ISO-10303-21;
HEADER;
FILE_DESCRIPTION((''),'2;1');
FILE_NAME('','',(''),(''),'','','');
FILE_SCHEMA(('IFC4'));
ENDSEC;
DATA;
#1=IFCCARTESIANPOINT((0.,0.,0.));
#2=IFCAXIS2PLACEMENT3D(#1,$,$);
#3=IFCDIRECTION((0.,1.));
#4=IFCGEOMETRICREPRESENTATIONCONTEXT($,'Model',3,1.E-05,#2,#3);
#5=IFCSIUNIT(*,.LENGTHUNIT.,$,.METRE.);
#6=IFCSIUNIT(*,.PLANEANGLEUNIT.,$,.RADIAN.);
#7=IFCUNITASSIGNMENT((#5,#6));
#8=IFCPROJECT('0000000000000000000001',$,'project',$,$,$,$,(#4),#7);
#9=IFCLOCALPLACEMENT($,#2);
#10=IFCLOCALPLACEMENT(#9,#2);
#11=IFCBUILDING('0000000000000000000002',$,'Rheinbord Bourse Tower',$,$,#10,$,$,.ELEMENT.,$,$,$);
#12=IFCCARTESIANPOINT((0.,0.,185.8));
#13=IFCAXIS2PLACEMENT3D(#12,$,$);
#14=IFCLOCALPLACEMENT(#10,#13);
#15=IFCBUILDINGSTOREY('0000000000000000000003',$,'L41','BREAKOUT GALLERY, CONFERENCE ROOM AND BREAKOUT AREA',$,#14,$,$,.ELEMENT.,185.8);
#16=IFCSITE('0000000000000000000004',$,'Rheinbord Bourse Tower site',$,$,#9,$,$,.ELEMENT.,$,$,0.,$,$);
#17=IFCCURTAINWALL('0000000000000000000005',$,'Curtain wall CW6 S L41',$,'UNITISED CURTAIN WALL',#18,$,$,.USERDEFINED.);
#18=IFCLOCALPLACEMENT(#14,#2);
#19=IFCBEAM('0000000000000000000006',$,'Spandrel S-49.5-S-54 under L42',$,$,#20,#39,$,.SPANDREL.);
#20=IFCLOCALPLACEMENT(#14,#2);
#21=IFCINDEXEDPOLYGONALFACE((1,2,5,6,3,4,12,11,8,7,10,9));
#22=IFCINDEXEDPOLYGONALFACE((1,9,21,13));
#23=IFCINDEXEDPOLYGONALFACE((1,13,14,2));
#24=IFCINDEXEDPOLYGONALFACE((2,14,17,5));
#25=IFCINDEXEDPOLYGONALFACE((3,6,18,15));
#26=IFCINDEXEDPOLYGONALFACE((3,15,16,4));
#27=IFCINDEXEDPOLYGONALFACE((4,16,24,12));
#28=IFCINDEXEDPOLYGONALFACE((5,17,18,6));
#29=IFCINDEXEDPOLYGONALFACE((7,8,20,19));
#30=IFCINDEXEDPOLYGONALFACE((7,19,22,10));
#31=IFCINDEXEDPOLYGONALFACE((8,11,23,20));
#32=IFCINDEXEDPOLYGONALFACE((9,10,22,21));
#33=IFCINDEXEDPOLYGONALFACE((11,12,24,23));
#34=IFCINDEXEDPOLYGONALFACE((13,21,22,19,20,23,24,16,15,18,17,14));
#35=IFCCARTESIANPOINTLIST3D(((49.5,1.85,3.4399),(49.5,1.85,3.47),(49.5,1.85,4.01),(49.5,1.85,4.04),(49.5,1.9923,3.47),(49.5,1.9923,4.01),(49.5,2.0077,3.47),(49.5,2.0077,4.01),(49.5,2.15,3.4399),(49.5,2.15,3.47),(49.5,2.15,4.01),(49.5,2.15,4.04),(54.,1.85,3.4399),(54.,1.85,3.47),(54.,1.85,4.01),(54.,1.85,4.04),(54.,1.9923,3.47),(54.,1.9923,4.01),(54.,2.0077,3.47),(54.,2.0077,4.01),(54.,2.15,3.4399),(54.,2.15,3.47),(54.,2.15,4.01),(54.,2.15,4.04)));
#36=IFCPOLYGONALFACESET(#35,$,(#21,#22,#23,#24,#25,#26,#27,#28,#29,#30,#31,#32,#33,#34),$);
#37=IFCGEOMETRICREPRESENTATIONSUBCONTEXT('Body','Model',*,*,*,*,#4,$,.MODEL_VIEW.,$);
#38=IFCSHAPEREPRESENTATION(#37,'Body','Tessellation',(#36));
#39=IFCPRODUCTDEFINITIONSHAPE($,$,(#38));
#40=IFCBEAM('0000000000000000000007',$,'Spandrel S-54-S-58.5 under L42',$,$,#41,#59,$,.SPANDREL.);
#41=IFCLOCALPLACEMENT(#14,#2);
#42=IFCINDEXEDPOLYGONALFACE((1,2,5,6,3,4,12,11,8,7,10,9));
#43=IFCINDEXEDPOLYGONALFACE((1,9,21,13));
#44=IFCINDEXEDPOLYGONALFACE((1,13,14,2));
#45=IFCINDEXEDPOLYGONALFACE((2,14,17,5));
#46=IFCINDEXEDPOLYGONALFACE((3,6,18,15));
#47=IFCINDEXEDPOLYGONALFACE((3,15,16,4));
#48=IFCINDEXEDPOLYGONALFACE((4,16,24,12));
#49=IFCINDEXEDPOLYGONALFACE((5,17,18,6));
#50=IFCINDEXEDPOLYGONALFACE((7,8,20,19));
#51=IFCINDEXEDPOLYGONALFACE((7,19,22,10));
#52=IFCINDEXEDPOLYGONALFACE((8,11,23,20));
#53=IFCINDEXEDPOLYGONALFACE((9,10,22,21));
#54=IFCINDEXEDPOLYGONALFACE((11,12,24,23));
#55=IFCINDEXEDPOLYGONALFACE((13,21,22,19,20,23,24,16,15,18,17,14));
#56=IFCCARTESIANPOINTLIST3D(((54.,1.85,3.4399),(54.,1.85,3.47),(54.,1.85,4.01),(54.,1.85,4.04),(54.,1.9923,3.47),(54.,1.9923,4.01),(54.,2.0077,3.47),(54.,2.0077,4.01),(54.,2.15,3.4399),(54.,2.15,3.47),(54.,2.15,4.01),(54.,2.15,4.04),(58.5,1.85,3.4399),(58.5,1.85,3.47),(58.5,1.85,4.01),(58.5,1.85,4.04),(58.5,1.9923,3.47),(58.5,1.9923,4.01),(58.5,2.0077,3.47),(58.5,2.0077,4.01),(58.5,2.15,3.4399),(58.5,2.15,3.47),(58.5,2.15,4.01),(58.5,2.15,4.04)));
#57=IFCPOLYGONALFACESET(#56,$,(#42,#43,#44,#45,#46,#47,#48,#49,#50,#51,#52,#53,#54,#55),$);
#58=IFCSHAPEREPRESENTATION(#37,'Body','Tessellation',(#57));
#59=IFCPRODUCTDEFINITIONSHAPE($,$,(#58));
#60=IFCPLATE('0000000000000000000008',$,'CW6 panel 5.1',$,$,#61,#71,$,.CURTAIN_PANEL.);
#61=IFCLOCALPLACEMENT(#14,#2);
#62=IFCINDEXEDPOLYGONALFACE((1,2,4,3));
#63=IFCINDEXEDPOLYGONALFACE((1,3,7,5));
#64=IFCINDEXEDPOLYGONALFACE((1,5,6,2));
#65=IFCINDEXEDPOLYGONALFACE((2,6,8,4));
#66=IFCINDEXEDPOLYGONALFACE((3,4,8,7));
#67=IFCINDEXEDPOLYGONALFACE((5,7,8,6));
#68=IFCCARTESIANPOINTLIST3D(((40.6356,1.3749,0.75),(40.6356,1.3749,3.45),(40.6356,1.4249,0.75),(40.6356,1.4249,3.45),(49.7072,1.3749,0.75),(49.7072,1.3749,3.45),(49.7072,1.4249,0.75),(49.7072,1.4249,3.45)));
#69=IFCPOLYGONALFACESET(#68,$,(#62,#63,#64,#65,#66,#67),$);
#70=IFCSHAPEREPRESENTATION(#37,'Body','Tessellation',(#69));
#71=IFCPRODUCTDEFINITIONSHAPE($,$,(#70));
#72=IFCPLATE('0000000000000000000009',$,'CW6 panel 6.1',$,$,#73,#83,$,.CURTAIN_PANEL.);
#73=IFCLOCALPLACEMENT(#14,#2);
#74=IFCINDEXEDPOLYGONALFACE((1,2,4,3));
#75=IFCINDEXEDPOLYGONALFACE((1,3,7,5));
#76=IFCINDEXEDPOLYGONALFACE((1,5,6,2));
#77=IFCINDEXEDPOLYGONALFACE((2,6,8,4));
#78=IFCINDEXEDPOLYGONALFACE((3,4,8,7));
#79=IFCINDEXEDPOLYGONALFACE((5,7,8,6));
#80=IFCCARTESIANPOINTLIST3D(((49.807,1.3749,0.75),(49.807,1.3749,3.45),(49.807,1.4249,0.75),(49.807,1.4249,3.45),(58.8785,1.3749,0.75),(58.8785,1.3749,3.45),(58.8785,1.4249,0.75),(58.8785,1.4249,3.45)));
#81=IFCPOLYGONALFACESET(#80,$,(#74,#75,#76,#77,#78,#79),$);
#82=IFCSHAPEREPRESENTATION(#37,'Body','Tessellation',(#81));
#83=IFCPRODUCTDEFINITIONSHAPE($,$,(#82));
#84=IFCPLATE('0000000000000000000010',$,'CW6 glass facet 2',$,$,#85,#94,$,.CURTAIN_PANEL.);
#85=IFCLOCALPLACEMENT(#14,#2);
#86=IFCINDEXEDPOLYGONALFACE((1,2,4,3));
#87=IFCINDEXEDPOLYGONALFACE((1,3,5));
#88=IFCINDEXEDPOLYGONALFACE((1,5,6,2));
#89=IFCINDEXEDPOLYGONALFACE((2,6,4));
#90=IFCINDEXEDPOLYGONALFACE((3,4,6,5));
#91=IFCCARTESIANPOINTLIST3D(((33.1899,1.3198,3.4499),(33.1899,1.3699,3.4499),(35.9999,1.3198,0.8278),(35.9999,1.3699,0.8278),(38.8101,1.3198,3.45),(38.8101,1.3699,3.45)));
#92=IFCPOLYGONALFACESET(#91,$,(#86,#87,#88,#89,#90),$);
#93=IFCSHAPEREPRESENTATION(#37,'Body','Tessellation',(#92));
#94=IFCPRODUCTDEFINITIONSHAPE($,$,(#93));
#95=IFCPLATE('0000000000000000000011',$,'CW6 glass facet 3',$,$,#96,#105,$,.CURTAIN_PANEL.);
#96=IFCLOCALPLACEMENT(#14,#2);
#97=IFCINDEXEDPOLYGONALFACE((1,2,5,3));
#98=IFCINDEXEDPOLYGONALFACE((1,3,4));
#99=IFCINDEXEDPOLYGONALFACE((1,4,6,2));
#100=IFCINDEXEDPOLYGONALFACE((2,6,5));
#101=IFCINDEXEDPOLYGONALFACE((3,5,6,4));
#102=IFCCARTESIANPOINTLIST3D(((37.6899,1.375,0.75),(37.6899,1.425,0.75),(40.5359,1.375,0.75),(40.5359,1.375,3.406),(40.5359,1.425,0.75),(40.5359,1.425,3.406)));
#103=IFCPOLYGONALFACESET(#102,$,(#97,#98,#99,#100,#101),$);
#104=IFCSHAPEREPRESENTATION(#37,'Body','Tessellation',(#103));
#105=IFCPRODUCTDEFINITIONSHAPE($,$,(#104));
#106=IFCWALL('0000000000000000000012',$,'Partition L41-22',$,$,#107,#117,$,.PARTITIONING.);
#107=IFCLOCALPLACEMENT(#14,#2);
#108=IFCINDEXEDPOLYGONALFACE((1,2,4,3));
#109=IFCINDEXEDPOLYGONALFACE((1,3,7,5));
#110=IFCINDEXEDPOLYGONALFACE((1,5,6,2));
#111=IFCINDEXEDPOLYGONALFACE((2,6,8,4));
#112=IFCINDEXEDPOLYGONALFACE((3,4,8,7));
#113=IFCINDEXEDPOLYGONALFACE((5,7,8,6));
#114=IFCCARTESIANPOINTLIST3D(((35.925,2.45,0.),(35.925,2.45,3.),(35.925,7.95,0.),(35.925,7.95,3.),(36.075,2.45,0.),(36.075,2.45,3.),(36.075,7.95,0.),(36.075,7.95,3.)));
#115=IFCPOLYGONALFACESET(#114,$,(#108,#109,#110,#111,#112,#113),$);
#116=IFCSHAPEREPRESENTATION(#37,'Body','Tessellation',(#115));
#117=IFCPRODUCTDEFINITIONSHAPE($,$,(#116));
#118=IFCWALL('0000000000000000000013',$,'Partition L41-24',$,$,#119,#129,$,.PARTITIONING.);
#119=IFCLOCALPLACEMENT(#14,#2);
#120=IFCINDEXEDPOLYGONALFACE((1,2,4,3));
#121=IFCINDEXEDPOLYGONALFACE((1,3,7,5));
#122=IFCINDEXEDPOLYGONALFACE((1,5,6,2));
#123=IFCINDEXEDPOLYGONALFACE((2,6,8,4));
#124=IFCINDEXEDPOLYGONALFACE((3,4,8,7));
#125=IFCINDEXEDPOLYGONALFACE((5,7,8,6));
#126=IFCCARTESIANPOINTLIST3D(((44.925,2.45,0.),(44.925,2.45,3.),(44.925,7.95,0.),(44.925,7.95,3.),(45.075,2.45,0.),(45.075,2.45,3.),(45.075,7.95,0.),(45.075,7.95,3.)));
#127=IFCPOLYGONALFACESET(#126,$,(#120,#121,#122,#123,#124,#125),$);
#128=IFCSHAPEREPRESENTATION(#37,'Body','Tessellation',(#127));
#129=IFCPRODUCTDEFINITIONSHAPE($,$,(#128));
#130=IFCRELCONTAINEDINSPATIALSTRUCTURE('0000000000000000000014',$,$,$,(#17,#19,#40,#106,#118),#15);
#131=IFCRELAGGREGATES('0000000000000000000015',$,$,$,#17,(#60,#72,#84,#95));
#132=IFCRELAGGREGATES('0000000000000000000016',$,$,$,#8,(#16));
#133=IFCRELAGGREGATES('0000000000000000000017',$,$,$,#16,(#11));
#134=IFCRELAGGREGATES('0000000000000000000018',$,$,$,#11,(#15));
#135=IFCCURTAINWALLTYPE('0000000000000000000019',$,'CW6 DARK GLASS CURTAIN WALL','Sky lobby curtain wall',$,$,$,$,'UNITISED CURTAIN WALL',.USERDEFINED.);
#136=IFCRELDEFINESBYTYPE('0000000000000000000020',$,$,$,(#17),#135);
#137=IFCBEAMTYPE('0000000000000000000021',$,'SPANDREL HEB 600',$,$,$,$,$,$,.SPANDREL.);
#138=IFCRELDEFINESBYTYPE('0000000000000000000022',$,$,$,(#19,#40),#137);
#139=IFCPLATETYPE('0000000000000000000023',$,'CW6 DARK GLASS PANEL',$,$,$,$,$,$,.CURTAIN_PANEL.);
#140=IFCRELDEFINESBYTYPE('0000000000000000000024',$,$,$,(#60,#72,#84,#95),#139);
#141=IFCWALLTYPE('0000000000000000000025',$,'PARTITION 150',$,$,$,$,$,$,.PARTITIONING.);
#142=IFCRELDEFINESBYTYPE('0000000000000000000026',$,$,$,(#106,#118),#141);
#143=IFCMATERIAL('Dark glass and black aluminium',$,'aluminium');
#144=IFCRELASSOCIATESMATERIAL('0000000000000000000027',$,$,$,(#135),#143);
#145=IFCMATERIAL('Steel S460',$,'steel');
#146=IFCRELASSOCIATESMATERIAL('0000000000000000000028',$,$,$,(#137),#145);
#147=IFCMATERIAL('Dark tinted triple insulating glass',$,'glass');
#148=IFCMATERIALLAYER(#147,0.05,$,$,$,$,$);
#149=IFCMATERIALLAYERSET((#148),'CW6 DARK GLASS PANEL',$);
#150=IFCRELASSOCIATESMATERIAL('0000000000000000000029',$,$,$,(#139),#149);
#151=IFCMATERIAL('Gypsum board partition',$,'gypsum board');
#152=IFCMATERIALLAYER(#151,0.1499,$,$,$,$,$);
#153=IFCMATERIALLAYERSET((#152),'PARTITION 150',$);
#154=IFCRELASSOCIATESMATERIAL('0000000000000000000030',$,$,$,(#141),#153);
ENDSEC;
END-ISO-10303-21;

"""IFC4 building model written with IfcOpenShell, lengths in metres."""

from ifc_helpers import new_model, si_unit, direction, frame, frame_2d, origin, origin_2d, place, context, subcontext, project, spatial, polyline, rectangle, i_section, outline, extrude, material, layer, layer_set, material_profile, profile_set, type_object, element, aggregate, save


model = new_model("IFC4")

# Units and contexts
model_context = context("Model", 3, precision=1e-05, world=origin(), true_north=direction((0.0, 1.0)))
body_context = subcontext(model_context, "Body", "Model", "MODEL_VIEW")
ifc_project = project(units=[si_unit("LENGTHUNIT", "METRE"), si_unit("PLANEANGLEUNIT", "RADIAN")], contexts=[model_context])

# Site, building, storey
site_placement = place(None, origin())
site = spatial("IfcSite", under=ifc_project, at=site_placement, Name="Rheinbord Bourse Tower site", CompositionType="ELEMENT", RefElevation=0.0)
building_placement = place(site_placement, origin())
building = spatial("IfcBuilding", under=site, at=building_placement, Name="Rheinbord Bourse Tower", CompositionType="ELEMENT")
storey_placement = place(building_placement, frame((0.0, 0.0, 185.8)))
storey = spatial("IfcBuildingStorey", under=building, at=storey_placement, Name="L41", Description="BREAKOUT GALLERY, CONFERENCE ROOM AND BREAKOUT AREA", CompositionType="ELEMENT", Elevation=185.8)

# Curtain wall
ifc_material_1 = material(Name="Dark glass and black aluminium", Category="aluminium")
curtain_wall_type = type_object("IfcCurtainWallType", Name="CW6 DARK GLASS CURTAIN WALL", Description="Sky lobby curtain wall", ElementType="UNITISED CURTAIN WALL", PredefinedType="USERDEFINED", material=ifc_material_1)
curtain_wall_placement = place(storey_placement, origin())
curtain_wall = element("IfcCurtainWall", 1, at=curtain_wall_placement, inside=storey, type_object=curtain_wall_type, Name="Curtain wall CW6 S L41", ObjectType="UNITISED CURTAIN WALL", PredefinedType="USERDEFINED")

# Beams
ifc_material_2 = material(Name="Steel S460", Category="steel")
ifc_material_profile_1 = material_profile(ifc_material_2, i_section(OverallWidth=0.3, OverallDepth=0.6001, WebThickness=0.0154, FlangeThickness=0.03, at=origin_2d()), Name="HEB 600")
ifc_profile_set_1 = profile_set([ifc_material_profile_1], Name="Steel S460")
beam_type_1 = type_object("IfcBeamType", Name="SPANDREL HEB 600", PredefinedType="SPANDREL", material=ifc_profile_set_1)
for number, where, z_axis, x_axis, name in (
    (2, (49.5, 2.0, 3.74), (1.0, 0.0, 0.0), (0.0, 1.0, 0.0), "Spandrel S-49.5-S-54 under L42"),
    (3, (54.0, 2.0, 3.74), (1.0, 0.0, 0.0), (0.0, 1.0, 0.0), "Spandrel S-54-S-58.5 under L42"),
):
    element("IfcBeam", number, at=place(storey_placement, frame(where, z_axis=z_axis, x_axis=x_axis)), inside=storey, type_object=beam_type_1, Name=name, PredefinedType="SPANDREL", context=body_context, shape_type="SweptSolid", body=[
        extrude(i_section(OverallWidth=0.3, OverallDepth=0.6001, WebThickness=0.0154, FlangeThickness=0.03, at=origin_2d()), origin(), (0.0, 0.0, 1.0), 4.5),
    ])

# Plates
ifc_material_3 = material(Name="Dark tinted triple insulating glass", Category="glass")
ifc_layer_1 = layer(ifc_material_3, 0.05)
ifc_layer_set_1 = layer_set([ifc_layer_1], Name="CW6 DARK GLASS PANEL")
plate_type = type_object("IfcPlateType", Name="CW6 DARK GLASS PANEL", PredefinedType="CURTAIN_PANEL", material=ifc_layer_set_1)
plate_1_placement = place(storey_placement, frame((45.1714, 1.3999, 0.75), z_axis=(0.0, 0.0, 1.0), x_axis=(1.0, 0.0, 0.0)))
plate_1 = element("IfcPlate", 4, at=plate_1_placement, type_object=plate_type, Name="CW6 panel 5.1", PredefinedType="CURTAIN_PANEL", context=body_context, shape_type="SweptSolid", body=[
    extrude(rectangle(XDim=9.0715, YDim=0.05, at=origin_2d()), origin(), (0.0, 0.0, 1.0), 2.7),
])
plate_2_placement = place(storey_placement, frame((54.3428, 1.3999, 0.75), z_axis=(0.0, 0.0, 1.0), x_axis=(1.0, 0.0, 0.0)))
plate_2 = element("IfcPlate", 5, at=plate_2_placement, type_object=plate_type, Name="CW6 panel 6.1", PredefinedType="CURTAIN_PANEL", context=body_context, shape_type="SweptSolid", body=[
    extrude(rectangle(XDim=9.0715, YDim=0.05, at=origin_2d()), origin(), (0.0, 0.0, 1.0), 2.7),
])
plate_3_placement = place(storey_placement, frame((38.8101, 1.3198, 3.45), z_axis=(0.0, 1.0, 0.0), x_axis=(-0.73114, 0.0, -0.682228)))
plate_3 = element("IfcPlate", 6, at=plate_3_placement, type_object=plate_type, Name="CW6 glass facet 2", PredefinedType="CURTAIN_PANEL", context=body_context, shape_type="SweptSolid", body=[
    extrude(outline(polyline([(0.0, 0.0), (3.8435, 0.0), (4.1091, 3.8342), (0.0, 0.0)])), origin(), (0.0, 0.0, 1.0), 0.05),
])
plate_4_placement = place(storey_placement, frame((40.5359, 1.375, 0.75), z_axis=(0.0, 1.0, 0.0), x_axis=(-1.0, 0.0, 0.0)))
plate_4 = element("IfcPlate", 7, at=plate_4_placement, type_object=plate_type, Name="CW6 glass facet 3", PredefinedType="CURTAIN_PANEL", context=body_context, shape_type="SweptSolid", body=[
    extrude(outline(polyline([(0.0, 0.0), (2.8459, 0.0), (0.0, 2.656), (0.0, 0.0)])), origin(), (0.0, 0.0, 1.0), 0.05),
])
aggregate(curtain_wall, [plate_1, plate_2, plate_3, plate_4])

# Walls
ifc_material_4 = material(Name="Gypsum board partition", Category="gypsum board")
ifc_layer_2 = layer(ifc_material_4, 0.1499)
ifc_layer_set_2 = layer_set([ifc_layer_2], Name="PARTITION 150")
wall_type = type_object("IfcWallType", Name="PARTITION 150", PredefinedType="PARTITIONING", material=ifc_layer_set_2)
for number, where, z_axis, x_axis, name in (
    (8, (36.0, 2.45, 0.0), (0.0, 0.0, 1.0), (0.0, 1.0, 0.0), "Partition L41-22"),
    (9, (45.0, 2.45, 0.0), (0.0, 0.0, 1.0), (0.0, 1.0, 0.0), "Partition L41-24"),
):
    element("IfcWall", number, at=place(storey_placement, frame(where, z_axis=z_axis, x_axis=x_axis)), inside=storey, type_object=wall_type, Name=name, PredefinedType="PARTITIONING", context=body_context, shape_type="SweptSolid", body=[
        extrude(rectangle(XDim=5.5, YDim=0.1499, at=frame_2d((2.75, 0.0))), origin(), (0.0, 0.0, 1.0), 3.0),
    ])

save(model, "model.ifc")
